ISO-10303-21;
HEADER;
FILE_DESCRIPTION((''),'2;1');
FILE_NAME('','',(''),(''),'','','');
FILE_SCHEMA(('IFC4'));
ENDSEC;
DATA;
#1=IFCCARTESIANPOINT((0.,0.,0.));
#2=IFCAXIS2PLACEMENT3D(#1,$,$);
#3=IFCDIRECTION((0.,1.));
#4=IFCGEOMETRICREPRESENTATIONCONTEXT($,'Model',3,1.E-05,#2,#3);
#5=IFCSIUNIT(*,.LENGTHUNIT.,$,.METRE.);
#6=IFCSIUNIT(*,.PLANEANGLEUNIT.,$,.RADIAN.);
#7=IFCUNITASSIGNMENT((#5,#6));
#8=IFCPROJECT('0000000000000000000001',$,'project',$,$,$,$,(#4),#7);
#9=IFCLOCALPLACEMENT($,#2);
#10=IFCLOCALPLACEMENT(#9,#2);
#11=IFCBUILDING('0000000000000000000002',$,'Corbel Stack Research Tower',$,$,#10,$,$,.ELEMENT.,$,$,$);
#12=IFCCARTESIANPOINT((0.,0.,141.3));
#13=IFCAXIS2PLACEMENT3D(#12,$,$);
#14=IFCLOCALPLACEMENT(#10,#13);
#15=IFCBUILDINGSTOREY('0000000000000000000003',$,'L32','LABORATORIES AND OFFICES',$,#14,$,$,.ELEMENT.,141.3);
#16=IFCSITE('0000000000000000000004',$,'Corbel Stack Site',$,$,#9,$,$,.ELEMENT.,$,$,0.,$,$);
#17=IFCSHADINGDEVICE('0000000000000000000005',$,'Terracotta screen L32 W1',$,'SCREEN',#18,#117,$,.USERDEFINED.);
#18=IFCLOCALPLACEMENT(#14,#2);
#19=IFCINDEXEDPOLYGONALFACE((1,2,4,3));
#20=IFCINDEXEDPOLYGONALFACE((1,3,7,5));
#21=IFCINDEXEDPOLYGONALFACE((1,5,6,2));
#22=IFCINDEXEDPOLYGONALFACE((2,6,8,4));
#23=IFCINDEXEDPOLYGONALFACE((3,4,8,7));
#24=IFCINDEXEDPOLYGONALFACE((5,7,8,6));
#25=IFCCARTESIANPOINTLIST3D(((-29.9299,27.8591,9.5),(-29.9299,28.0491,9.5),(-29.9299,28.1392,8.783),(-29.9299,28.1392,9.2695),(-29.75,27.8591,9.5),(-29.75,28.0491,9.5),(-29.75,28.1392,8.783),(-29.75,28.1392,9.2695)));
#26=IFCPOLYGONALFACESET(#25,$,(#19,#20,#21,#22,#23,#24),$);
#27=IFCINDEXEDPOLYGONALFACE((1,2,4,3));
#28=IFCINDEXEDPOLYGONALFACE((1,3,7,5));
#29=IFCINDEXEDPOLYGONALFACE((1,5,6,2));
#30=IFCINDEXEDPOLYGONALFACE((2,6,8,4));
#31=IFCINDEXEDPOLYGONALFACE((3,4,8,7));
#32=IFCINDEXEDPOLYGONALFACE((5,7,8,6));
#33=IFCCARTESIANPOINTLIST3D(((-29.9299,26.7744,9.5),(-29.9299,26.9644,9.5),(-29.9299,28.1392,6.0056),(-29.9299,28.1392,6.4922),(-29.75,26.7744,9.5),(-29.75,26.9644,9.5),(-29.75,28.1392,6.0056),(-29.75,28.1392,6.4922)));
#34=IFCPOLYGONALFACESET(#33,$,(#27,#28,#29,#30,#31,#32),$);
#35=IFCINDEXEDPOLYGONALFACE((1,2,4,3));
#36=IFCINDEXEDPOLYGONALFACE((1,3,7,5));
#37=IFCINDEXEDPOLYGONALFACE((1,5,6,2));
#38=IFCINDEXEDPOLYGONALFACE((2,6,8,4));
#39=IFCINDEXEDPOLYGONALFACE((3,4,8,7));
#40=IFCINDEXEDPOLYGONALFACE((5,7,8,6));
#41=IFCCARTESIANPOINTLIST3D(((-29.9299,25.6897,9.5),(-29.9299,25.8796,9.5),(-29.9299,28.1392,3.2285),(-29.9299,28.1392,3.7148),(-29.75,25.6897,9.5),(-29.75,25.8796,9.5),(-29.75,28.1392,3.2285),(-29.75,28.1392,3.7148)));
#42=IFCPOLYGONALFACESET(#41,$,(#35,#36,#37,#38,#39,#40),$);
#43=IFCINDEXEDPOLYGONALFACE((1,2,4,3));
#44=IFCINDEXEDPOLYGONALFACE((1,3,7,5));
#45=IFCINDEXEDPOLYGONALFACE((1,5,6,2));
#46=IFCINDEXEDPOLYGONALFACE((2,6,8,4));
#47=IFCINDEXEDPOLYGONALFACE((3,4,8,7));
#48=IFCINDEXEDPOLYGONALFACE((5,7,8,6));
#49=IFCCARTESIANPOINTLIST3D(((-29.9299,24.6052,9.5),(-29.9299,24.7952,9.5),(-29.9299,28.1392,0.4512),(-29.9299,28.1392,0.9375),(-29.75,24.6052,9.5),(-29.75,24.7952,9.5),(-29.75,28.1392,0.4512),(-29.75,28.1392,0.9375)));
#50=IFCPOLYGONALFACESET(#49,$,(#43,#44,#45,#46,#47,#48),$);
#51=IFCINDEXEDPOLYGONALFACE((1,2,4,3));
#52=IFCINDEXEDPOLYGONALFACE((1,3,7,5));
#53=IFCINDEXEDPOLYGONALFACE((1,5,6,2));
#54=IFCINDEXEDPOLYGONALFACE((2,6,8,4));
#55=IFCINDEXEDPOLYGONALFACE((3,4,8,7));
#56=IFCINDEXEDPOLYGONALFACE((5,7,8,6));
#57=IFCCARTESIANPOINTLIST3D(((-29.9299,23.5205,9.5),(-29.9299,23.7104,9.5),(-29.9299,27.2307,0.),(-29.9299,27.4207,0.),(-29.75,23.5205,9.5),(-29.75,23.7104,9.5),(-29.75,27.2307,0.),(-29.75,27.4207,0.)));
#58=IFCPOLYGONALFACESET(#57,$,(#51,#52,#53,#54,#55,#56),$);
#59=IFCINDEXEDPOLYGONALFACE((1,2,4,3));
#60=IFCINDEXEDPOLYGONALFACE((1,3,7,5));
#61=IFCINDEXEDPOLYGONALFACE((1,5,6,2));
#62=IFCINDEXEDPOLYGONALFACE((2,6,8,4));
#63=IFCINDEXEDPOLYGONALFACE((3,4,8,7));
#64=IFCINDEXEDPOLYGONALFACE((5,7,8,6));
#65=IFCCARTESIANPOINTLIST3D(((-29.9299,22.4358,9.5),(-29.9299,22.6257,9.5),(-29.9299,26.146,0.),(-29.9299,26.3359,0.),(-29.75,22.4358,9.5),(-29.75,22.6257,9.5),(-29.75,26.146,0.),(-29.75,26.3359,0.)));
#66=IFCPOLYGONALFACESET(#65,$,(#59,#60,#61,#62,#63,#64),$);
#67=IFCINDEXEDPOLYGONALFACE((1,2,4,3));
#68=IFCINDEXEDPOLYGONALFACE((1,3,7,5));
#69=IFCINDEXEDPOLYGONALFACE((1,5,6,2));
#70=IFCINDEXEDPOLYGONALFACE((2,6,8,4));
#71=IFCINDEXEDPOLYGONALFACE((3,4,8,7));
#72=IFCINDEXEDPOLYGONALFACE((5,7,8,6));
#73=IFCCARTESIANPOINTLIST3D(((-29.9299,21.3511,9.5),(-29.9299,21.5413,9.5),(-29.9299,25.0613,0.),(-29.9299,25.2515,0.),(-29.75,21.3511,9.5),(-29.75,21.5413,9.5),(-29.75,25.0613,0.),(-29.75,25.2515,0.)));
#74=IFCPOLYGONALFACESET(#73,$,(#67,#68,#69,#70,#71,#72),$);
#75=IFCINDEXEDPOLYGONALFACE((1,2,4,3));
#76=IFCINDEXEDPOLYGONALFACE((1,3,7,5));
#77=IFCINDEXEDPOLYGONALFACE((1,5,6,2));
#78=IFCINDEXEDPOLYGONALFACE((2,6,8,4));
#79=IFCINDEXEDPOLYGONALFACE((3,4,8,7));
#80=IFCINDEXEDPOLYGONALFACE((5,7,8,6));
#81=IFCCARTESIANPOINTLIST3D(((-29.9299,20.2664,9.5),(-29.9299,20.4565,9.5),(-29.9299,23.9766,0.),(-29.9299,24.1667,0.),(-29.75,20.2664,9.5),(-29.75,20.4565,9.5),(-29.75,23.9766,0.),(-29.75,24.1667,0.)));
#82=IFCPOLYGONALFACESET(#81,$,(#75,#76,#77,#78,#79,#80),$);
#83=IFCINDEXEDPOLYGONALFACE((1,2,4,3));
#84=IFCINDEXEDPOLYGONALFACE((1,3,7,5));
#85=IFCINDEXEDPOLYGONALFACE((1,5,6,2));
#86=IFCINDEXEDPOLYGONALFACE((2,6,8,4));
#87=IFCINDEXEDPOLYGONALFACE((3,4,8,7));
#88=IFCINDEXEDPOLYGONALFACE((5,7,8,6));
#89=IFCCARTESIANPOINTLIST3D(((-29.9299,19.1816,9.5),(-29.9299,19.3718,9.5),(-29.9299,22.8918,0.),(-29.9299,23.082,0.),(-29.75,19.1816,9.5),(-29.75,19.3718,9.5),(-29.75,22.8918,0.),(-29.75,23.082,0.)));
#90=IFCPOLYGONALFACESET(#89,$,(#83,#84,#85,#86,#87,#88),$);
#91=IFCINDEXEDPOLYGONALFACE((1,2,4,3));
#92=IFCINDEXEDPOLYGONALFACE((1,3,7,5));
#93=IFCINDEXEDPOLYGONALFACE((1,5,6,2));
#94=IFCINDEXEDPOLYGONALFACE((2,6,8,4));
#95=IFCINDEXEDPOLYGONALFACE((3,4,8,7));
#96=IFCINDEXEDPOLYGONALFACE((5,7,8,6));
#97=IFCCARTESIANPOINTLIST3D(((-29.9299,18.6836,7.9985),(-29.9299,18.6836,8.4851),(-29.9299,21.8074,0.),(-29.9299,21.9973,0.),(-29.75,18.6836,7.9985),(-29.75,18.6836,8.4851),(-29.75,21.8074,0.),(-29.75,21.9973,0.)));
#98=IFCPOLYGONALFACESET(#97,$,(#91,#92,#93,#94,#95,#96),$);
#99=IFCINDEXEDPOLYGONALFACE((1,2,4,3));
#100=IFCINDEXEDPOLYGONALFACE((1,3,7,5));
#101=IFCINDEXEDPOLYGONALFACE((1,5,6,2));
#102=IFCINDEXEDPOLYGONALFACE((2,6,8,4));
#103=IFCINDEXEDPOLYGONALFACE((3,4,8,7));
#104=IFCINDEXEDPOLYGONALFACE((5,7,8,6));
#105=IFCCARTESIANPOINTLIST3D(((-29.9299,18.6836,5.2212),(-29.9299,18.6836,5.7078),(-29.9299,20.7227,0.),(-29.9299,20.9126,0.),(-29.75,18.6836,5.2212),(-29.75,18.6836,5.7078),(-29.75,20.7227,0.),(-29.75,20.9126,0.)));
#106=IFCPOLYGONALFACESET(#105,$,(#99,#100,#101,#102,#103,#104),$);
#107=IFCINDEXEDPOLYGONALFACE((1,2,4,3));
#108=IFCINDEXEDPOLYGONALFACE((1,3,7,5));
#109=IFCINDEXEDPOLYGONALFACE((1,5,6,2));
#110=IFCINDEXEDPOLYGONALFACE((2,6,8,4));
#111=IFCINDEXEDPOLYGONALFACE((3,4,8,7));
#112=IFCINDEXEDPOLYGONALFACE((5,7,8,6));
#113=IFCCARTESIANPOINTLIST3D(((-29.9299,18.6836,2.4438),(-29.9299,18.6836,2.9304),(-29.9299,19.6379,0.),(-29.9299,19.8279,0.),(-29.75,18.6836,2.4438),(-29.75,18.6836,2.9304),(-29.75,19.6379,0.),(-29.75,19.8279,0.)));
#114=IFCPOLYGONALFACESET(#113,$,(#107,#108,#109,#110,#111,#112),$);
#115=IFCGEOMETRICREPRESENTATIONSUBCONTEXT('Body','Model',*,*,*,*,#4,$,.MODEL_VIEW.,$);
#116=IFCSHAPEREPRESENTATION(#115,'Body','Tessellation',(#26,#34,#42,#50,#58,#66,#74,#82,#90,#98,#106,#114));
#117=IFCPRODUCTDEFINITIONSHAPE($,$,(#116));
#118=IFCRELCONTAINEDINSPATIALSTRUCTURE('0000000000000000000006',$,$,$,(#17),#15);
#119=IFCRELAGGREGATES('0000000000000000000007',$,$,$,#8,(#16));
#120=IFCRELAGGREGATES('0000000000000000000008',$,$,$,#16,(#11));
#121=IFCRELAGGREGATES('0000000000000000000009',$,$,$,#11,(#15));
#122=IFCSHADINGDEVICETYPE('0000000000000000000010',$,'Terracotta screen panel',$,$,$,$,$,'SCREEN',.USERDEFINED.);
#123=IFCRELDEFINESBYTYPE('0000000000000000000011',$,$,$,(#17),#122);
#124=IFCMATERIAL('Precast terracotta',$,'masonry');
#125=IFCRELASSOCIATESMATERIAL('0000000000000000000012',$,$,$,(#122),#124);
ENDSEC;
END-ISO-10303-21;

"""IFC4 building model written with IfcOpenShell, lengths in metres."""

from ifc_helpers import new_model, si_unit, direction, frame, origin, place, context, subcontext, project, spatial, polyline, outline, extrude, source, transform, mapped, material, type_object, element, save


model = new_model("IFC4")

# Units and contexts
model_context = context("Model", 3, precision=1e-05, world=origin(), true_north=direction((0.0, 1.0)))
body_context = subcontext(model_context, "Body", "Model", "MODEL_VIEW")
ifc_project = project(units=[si_unit("LENGTHUNIT", "METRE"), si_unit("PLANEANGLEUNIT", "RADIAN")], contexts=[model_context])

# Site, building, storey
site_placement = place(None, origin())
site = spatial("IfcSite", under=ifc_project, at=site_placement, Name="Corbel Stack Site", CompositionType="ELEMENT", RefElevation=0.0)
building_placement = place(site_placement, origin())
building = spatial("IfcBuilding", under=site, at=building_placement, Name="Corbel Stack Research Tower", CompositionType="ELEMENT")
storey_placement = place(building_placement, frame((0.0, 0.0, 141.3)))
storey = spatial("IfcBuildingStorey", under=building, at=storey_placement, Name="L32", Description="LABORATORIES AND OFFICES", CompositionType="ELEMENT", Elevation=141.3)

# Shading device
ifc_material_1 = material(Name="Precast terracotta", Category="masonry")
shading_device_type = type_object("IfcShadingDeviceType", Name="Terracotta screen panel", ElementType="SCREEN", PredefinedType="USERDEFINED", material=ifc_material_1)
shared_shape_1 = source(origin(), body_context, "Body", "SweptSolid", [
    extrude(outline(polyline([(0.28, 9.5), (0.0901, 9.5), (0.0, 9.2695), (0.0, 8.783), (0.28, 9.5)])), frame((0.0, 0.0, 0.0), z_axis=(0.0, -1.0, 0.0), x_axis=(1.0, 0.0, 0.0)), (0.0, 0.0, 1.0), 0.1799),
    extrude(outline(polyline([(1.3647, 9.5), (1.1748, 9.5), (0.0, 6.4922), (0.0, 6.0056), (1.3647, 9.5)])), frame((0.0, 0.0, 0.0), z_axis=(0.0, -1.0, 0.0), x_axis=(1.0, 0.0, 0.0)), (0.0, 0.0, 1.0), 0.1799),
    extrude(outline(polyline([(2.4495, 9.5), (2.2595, 9.5), (0.0, 3.7148), (0.0, 3.2285), (2.4495, 9.5)])), frame((0.0, 0.0, 0.0), z_axis=(0.0, -1.0, 0.0), x_axis=(1.0, 0.0, 0.0)), (0.0, 0.0, 1.0), 0.1799),
    extrude(outline(polyline([(3.5339, 9.5), (3.344, 9.5), (0.0, 0.9375), (0.0, 0.4512), (3.5339, 9.5)])), frame((0.0, 0.0, 0.0), z_axis=(0.0, -1.0, 0.0), x_axis=(1.0, 0.0, 0.0)), (0.0, 0.0, 1.0), 0.1799),
    extrude(outline(polyline([(0.9084, 0.0), (4.6187, 9.5), (4.4287, 9.5), (0.7185, 0.0), (0.9084, 0.0)])), frame((0.0, 0.0, 0.0), z_axis=(0.0, -1.0, 0.0), x_axis=(1.0, 0.0, 0.0)), (0.0, 0.0, 1.0), 0.1799),
    extrude(outline(polyline([(1.9932, 0.0), (5.7034, 9.5), (5.5134, 9.5), (1.8032, 0.0), (1.9932, 0.0)])), frame((0.0, 0.0, 0.0), z_axis=(0.0, -1.0, 0.0), x_axis=(1.0, 0.0, 0.0)), (0.0, 0.0, 1.0), 0.1799),
    extrude(outline(polyline([(3.0779, 0.0), (6.7881, 9.5), (6.5979, 9.5), (2.8877, 0.0), (3.0779, 0.0)])), frame((0.0, 0.0, 0.0), z_axis=(0.0, -1.0, 0.0), x_axis=(1.0, 0.0, 0.0)), (0.0, 0.0, 1.0), 0.1799),
    extrude(outline(polyline([(4.1626, 0.0), (7.8728, 9.5), (7.6826, 9.5), (3.9724, 0.0), (4.1626, 0.0)])), frame((0.0, 0.0, 0.0), z_axis=(0.0, -1.0, 0.0), x_axis=(1.0, 0.0, 0.0)), (0.0, 0.0, 1.0), 0.1799),
    extrude(outline(polyline([(5.2473, 0.0), (8.9575, 9.5), (8.7673, 9.5), (5.0571, 0.0), (5.2473, 0.0)])), frame((0.0, 0.0, 0.0), z_axis=(0.0, -1.0, 0.0), x_axis=(1.0, 0.0, 0.0)), (0.0, 0.0, 1.0), 0.1799),
    extrude(outline(polyline([(6.3318, 0.0), (9.4556, 7.9985), (9.4556, 8.4851), (6.1418, 0.0), (6.3318, 0.0)])), frame((0.0, 0.0, 0.0), z_axis=(0.0, -1.0, 0.0), x_axis=(1.0, 0.0, 0.0)), (0.0, 0.0, 1.0), 0.1799),
    extrude(outline(polyline([(7.4165, 0.0), (9.4556, 5.2212), (9.4556, 5.7078), (7.2266, 0.0), (7.4165, 0.0)])), frame((0.0, 0.0, 0.0), z_axis=(0.0, -1.0, 0.0), x_axis=(1.0, 0.0, 0.0)), (0.0, 0.0, 1.0), 0.1799),
    extrude(outline(polyline([(8.5012, 0.0), (9.4556, 2.4438), (9.4556, 2.9304), (8.3113, 0.0), (8.5012, 0.0)])), frame((0.0, 0.0, 0.0), z_axis=(0.0, -1.0, 0.0), x_axis=(1.0, 0.0, 0.0)), (0.0, 0.0, 1.0), 0.1799),
])
shading_device_1_placement = place(storey_placement, frame((-29.75, 28.1392, 0.0), z_axis=(0.0, 0.0, 1.0), x_axis=(0.0, -1.0, 0.0)))
element("IfcShadingDevice", 1, at=shading_device_1_placement, inside=storey, type_object=shading_device_type, Name="Terracotta screen L32 W1", ObjectType="SCREEN", PredefinedType="USERDEFINED", context=body_context, shape_type="MappedRepresentation", body=[
    mapped(shared_shape_1, transform((0.0, 0.0, 0.0))),
])

save(model, "model.ifc")
